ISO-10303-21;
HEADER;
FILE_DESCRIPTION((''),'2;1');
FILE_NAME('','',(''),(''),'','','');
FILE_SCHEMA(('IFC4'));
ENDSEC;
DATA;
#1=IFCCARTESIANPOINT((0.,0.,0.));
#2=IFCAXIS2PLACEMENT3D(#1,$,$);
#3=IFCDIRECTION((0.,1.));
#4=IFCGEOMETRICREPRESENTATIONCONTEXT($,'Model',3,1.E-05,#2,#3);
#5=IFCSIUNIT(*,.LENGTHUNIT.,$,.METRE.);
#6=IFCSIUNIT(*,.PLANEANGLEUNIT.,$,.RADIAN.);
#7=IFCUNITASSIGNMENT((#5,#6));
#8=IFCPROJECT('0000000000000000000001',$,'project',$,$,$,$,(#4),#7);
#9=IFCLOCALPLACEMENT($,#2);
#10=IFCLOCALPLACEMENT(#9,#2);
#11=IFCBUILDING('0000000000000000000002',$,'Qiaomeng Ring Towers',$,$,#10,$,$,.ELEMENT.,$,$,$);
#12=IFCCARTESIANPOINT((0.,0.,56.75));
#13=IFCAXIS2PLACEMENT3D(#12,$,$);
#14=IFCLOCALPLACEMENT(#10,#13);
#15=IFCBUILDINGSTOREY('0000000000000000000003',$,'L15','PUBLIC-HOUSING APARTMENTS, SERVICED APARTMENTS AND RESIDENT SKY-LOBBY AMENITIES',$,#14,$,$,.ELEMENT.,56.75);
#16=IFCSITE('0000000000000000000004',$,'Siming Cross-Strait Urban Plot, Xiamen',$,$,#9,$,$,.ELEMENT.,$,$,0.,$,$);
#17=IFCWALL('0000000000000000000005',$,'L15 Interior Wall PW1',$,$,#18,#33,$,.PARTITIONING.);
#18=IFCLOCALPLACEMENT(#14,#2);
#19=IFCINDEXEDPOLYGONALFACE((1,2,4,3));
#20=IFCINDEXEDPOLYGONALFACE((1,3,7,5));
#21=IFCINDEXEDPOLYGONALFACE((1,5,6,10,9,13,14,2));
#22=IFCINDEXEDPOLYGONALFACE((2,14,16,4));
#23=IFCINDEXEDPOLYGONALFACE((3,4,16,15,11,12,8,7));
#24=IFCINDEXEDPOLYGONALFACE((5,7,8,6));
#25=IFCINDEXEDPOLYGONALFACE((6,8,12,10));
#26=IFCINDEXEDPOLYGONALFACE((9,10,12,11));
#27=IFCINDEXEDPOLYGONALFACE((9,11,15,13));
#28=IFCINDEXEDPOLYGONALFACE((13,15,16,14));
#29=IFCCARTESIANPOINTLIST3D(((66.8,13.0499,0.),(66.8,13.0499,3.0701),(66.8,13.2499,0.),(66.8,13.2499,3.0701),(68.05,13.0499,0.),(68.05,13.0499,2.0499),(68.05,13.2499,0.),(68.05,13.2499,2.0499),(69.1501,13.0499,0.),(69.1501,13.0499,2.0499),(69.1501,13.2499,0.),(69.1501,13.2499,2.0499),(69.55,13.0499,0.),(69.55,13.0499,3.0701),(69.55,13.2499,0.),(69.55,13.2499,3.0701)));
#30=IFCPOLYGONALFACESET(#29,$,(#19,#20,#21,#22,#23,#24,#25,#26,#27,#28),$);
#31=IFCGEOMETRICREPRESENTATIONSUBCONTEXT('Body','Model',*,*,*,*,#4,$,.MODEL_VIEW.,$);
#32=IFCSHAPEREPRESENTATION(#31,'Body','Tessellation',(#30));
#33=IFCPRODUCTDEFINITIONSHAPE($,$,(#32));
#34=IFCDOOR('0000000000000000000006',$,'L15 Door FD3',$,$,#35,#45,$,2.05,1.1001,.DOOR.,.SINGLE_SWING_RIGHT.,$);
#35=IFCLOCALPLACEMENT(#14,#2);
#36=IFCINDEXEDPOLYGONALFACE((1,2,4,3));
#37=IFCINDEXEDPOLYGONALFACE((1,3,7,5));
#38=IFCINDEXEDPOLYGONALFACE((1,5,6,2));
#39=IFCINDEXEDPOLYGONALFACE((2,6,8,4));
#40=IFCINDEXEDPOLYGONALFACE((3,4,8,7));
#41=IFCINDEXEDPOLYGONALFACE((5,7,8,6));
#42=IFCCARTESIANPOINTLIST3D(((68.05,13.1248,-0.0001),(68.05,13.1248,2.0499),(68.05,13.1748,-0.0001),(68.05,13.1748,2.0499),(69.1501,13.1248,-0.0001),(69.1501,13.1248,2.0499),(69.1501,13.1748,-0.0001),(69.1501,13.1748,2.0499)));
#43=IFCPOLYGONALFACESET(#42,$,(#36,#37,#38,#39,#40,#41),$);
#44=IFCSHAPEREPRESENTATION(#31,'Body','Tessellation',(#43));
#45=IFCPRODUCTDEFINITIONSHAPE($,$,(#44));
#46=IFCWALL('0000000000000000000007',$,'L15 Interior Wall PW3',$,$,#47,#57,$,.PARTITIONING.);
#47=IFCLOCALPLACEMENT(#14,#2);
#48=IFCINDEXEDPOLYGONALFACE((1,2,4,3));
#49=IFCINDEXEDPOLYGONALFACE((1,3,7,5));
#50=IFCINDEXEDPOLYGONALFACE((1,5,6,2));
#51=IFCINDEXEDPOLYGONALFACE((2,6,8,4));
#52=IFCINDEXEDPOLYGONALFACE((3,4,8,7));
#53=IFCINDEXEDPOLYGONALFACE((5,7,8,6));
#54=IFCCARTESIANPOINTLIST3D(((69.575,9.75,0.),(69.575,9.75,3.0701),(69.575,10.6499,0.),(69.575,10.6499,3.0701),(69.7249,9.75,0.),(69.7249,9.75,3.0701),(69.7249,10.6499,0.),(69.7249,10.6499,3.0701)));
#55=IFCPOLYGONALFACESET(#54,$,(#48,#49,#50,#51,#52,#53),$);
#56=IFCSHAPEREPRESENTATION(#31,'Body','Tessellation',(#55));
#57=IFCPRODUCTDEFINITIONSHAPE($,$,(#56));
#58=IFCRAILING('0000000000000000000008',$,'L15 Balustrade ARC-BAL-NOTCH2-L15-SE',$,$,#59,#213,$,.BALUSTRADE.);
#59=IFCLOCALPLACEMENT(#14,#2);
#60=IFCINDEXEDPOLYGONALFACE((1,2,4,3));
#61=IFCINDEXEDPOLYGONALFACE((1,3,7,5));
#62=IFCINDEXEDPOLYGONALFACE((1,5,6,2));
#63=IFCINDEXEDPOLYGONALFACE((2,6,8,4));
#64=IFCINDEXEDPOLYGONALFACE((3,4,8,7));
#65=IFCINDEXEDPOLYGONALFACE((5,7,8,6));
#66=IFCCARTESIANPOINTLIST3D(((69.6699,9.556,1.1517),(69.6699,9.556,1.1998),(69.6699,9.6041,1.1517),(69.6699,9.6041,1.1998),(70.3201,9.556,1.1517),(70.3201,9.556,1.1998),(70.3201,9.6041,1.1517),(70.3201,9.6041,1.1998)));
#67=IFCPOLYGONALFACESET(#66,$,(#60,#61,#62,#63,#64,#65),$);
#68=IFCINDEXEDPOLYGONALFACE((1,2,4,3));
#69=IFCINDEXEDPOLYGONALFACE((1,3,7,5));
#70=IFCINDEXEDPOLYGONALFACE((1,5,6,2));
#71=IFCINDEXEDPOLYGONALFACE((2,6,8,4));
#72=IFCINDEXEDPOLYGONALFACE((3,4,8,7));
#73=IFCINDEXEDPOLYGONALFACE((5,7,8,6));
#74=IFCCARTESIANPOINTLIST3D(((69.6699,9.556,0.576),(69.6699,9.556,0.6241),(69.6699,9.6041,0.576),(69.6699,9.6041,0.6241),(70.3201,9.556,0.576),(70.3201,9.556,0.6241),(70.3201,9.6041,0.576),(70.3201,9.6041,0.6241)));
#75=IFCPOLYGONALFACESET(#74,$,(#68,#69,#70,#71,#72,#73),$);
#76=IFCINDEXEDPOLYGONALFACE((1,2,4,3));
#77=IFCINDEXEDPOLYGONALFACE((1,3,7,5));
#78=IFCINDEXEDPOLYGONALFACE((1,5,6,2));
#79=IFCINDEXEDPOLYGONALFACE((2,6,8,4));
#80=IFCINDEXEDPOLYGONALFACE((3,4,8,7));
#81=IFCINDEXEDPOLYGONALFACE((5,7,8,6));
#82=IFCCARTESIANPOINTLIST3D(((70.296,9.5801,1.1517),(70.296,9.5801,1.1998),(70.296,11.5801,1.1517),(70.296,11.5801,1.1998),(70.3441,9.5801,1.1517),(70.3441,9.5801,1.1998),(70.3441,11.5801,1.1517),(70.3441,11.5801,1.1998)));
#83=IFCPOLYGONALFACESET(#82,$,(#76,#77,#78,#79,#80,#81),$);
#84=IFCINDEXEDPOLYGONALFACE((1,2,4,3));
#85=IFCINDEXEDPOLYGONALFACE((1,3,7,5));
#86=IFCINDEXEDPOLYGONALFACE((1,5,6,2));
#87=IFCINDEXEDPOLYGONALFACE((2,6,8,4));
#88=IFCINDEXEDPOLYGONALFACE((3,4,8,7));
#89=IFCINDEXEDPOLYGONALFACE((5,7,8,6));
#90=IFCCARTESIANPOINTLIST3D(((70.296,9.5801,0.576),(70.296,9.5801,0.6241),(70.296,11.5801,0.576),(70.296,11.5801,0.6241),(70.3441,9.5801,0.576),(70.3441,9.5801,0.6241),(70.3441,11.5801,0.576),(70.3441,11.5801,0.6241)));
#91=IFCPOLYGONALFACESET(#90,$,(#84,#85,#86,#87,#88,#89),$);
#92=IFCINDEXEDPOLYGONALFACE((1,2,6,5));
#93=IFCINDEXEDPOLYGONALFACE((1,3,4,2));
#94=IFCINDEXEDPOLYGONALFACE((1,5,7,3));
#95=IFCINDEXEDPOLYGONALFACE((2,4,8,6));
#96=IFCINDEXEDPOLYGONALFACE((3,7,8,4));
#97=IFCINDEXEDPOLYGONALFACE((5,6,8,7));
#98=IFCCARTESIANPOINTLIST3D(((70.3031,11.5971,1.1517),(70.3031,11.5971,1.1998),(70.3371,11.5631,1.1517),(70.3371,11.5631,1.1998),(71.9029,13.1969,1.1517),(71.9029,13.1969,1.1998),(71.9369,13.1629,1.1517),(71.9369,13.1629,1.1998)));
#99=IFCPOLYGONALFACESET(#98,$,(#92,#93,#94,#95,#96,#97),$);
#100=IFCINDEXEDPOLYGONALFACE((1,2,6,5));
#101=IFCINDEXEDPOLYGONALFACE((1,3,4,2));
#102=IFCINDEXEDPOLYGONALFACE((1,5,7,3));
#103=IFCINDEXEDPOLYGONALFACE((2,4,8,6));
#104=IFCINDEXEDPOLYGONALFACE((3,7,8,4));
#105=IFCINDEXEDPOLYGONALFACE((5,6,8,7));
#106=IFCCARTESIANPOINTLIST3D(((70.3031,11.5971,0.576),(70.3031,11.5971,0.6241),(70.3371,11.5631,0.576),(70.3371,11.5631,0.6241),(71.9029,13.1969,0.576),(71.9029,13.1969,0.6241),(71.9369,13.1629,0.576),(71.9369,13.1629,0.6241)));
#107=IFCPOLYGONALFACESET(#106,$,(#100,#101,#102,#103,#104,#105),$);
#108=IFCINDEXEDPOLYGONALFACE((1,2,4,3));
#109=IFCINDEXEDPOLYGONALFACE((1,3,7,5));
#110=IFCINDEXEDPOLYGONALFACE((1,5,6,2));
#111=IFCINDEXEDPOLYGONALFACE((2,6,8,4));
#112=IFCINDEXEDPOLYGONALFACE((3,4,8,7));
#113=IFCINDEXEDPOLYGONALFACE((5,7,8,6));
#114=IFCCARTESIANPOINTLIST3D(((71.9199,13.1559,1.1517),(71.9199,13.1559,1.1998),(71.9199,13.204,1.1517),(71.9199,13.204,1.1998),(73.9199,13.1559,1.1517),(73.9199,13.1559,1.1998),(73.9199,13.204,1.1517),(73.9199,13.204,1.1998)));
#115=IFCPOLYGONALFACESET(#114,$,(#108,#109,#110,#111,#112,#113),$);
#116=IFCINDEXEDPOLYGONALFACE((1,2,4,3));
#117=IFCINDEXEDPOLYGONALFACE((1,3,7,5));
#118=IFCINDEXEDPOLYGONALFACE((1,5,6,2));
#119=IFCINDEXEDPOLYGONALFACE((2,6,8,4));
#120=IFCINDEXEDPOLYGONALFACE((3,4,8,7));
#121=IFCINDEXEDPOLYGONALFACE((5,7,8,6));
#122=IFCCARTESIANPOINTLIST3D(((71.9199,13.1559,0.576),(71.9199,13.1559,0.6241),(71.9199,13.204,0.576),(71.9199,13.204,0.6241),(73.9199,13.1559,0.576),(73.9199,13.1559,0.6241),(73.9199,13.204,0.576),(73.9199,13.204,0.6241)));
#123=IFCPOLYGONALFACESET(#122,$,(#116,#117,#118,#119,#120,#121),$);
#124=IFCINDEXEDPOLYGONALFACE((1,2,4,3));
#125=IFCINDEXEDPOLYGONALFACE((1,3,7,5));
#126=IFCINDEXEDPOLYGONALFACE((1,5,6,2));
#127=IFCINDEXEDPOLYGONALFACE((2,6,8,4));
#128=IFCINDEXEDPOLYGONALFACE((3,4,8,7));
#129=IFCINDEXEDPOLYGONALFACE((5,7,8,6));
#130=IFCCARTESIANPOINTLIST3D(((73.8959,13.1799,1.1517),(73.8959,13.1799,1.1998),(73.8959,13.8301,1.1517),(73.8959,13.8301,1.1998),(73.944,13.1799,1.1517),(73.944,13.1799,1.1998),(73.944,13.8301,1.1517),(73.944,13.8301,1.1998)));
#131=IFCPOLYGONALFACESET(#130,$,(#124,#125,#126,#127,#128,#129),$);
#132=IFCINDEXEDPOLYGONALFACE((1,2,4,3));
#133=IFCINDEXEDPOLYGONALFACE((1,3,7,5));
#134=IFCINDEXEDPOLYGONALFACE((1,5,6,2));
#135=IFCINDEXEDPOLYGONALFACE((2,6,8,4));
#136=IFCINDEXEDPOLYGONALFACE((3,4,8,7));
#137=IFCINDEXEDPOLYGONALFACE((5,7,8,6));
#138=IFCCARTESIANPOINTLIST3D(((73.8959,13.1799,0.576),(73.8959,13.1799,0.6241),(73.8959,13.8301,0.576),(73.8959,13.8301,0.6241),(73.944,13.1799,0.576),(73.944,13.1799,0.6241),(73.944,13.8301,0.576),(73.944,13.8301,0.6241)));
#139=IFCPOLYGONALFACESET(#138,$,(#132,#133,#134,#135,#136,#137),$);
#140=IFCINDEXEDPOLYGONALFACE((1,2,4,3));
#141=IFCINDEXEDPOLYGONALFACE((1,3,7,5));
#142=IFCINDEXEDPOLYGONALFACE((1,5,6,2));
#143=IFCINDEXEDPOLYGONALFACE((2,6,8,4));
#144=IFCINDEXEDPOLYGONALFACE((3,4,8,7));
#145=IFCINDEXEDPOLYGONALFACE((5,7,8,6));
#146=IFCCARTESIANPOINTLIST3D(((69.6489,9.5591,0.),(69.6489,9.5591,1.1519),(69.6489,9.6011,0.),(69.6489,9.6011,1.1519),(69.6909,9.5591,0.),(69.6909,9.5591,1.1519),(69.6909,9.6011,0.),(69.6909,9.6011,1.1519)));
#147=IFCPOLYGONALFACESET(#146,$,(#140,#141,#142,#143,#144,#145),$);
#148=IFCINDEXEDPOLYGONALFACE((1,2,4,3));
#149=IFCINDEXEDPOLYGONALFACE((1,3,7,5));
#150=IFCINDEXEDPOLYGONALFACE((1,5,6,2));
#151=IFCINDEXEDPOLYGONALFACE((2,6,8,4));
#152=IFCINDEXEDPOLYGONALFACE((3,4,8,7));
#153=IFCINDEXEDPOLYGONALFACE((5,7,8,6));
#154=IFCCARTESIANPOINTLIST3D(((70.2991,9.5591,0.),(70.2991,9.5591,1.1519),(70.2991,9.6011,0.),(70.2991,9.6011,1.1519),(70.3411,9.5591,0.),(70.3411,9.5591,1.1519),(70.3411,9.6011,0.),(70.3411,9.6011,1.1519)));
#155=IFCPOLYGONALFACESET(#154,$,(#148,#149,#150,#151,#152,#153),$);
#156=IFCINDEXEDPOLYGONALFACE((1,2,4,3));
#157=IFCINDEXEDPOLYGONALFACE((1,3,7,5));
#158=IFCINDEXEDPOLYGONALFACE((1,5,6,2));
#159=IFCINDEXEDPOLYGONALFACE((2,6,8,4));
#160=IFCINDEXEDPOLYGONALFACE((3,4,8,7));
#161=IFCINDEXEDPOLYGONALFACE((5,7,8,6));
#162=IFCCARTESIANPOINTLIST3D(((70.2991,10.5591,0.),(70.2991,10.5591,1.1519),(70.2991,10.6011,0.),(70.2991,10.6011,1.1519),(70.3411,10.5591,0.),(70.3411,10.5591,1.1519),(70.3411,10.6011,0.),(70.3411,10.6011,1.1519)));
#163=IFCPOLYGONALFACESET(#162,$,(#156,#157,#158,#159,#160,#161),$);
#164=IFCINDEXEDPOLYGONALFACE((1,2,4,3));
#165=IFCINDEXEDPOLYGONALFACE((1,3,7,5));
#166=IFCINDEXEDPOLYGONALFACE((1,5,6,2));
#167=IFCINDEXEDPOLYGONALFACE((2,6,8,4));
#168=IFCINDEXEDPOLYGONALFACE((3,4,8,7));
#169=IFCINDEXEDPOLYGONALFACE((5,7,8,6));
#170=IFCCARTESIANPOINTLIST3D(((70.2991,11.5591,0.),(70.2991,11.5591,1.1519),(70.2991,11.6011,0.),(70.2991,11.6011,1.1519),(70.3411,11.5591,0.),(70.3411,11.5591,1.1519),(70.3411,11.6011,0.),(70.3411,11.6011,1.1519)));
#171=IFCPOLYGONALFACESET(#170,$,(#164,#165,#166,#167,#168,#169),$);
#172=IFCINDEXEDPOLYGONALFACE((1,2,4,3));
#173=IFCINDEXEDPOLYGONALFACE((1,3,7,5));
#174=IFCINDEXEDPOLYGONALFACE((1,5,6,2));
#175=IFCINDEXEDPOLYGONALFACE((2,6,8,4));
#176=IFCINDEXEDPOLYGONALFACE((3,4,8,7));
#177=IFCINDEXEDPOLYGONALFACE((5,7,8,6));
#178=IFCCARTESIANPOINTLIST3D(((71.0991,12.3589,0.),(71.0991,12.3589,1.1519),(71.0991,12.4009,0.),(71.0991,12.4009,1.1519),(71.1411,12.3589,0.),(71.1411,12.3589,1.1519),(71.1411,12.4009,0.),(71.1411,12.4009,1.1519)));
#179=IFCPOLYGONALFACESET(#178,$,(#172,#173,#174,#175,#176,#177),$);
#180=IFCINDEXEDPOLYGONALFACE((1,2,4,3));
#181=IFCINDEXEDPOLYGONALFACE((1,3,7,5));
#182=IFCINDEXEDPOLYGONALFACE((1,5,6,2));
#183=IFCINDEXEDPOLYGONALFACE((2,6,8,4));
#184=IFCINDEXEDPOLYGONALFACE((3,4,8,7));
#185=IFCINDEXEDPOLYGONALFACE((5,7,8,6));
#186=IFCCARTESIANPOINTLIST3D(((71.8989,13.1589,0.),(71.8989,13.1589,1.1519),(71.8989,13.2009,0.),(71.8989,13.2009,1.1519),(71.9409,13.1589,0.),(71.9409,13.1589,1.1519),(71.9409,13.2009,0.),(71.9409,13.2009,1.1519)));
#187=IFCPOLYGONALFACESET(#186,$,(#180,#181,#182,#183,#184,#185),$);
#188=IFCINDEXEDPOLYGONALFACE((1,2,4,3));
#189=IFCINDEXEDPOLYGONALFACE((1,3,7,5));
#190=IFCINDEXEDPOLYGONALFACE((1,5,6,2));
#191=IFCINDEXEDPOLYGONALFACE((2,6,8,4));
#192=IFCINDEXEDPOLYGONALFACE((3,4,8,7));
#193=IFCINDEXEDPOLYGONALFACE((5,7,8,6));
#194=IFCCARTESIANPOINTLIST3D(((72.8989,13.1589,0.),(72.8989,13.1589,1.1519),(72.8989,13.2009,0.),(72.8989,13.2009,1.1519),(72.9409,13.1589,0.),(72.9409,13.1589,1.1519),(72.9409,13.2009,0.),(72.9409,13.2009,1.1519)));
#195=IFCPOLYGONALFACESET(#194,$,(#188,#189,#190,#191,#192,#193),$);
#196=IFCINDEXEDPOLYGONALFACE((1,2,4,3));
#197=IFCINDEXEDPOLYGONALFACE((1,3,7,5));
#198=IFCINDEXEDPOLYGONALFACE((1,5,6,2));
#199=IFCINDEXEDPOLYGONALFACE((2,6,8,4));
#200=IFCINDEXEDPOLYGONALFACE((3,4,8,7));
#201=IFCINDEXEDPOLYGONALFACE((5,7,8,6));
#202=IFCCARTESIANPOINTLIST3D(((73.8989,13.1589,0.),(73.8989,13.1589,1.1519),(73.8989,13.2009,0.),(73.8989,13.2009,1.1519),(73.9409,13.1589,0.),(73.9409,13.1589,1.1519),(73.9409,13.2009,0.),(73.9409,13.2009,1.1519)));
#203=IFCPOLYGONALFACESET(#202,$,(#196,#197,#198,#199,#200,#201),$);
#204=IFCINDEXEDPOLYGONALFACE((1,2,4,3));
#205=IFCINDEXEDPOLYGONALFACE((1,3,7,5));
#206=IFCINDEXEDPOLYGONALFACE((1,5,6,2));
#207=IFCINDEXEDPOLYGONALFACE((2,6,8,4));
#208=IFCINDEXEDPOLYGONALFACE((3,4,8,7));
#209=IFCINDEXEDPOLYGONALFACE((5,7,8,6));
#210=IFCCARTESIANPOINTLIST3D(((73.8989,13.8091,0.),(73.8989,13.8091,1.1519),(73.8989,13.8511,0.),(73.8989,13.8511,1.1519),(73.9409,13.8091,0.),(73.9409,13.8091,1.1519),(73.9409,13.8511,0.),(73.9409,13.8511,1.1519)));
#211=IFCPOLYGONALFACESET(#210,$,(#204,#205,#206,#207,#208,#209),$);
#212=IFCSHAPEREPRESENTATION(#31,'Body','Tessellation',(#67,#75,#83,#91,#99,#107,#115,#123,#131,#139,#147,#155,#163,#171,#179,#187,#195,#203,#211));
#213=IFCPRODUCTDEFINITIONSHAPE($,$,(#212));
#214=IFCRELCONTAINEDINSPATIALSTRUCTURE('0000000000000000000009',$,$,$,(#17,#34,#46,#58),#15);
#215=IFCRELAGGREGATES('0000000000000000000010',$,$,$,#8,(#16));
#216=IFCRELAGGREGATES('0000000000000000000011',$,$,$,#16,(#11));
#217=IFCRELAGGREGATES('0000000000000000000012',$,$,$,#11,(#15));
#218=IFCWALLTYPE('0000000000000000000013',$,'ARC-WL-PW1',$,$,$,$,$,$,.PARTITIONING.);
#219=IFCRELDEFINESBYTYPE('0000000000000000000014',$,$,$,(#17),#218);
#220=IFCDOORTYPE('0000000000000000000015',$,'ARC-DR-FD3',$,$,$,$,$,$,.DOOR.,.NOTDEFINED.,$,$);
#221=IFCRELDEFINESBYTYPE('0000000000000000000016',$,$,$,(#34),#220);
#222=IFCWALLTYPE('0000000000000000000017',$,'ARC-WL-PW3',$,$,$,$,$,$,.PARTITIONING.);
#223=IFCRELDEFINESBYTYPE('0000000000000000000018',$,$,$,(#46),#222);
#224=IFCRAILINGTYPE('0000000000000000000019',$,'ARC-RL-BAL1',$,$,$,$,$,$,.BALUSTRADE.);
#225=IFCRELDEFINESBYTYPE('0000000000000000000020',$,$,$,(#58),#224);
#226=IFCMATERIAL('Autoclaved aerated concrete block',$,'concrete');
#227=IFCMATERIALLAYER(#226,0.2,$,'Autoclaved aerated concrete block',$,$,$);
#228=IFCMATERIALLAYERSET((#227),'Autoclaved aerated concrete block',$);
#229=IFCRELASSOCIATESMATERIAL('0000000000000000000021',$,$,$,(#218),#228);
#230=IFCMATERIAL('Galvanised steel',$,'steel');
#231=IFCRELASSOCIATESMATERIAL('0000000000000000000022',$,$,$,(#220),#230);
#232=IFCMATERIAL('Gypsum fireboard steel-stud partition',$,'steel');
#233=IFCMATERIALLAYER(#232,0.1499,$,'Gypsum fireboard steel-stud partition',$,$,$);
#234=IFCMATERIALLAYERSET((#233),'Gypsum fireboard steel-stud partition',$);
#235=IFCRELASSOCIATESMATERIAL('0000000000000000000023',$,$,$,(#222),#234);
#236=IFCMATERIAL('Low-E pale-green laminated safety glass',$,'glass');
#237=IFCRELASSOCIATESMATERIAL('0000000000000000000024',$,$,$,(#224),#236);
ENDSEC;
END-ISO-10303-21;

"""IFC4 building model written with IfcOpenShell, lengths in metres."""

from ifc_helpers import new_model, si_unit, direction, frame, frame_2d, origin, origin_2d, place, context, subcontext, project, spatial, rectangle, extrude, source, transform, mapped, material, layer, layer_set, type_object, element, fill, save


model = new_model("IFC4")

# Units and contexts
model_context = context("Model", 3, precision=1e-05, world=origin(), true_north=direction((0.0, 1.0)))
body_context = subcontext(model_context, "Body", "Model", "MODEL_VIEW")
ifc_project = project(units=[si_unit("LENGTHUNIT", "METRE"), si_unit("PLANEANGLEUNIT", "RADIAN")], contexts=[model_context])

# Site, building, storey
site_placement = place(None, origin())
site = spatial("IfcSite", under=ifc_project, at=site_placement, Name="Siming Cross-Strait Urban Plot, Xiamen", CompositionType="ELEMENT", RefElevation=0.0)
building_placement = place(site_placement, origin())
building = spatial("IfcBuilding", under=site, at=building_placement, Name="Qiaomeng Ring Towers", CompositionType="ELEMENT")
storey_placement = place(building_placement, frame((0.0, 0.0, 56.75)))
storey = spatial("IfcBuildingStorey", under=building, at=storey_placement, Name="L15", Description="PUBLIC-HOUSING APARTMENTS, SERVICED APARTMENTS AND RESIDENT SKY-LOBBY AMENITIES", CompositionType="ELEMENT", Elevation=56.75)

# Shared definitions
ifc_material_1 = material(Name="Autoclaved aerated concrete block", Category="concrete")
ifc_layer_1 = layer(ifc_material_1, 0.2, Name="Autoclaved aerated concrete block")
ifc_layer_set_1 = layer_set([ifc_layer_1], Name="Autoclaved aerated concrete block")
wall_type_1 = type_object("IfcWallType", Name="ARC-WL-PW1", PredefinedType="PARTITIONING", material=ifc_layer_set_1)

# Wall, opening, door
wall_1_placement = place(storey_placement, frame((66.8, 13.1499, 0.0), z_axis=(0.0, 0.0, 1.0), x_axis=(1.0, 0.0, 0.0)))
wall_1 = element("IfcWall", 1, at=wall_1_placement, inside=storey, type_object=wall_type_1, Name="L15 Interior Wall PW1", PredefinedType="PARTITIONING", context=body_context, shape_type="SweptSolid", body=[
    extrude(rectangle(XDim=2.75, YDim=0.2, at=frame_2d((1.375, 0.0))), origin(), (0.0, 0.0, 1.0), 3.0701),
])
opening_1_placement = place(wall_1_placement, frame((1.25, 0.0, 0.0)))
opening_1 = element("IfcOpeningElement", 2, at=opening_1_placement, cuts=wall_1, PredefinedType="OPENING", context=body_context, shape_type="SweptSolid", body=[
    extrude(rectangle(XDim=1.1001, YDim=2.05, at=frame_2d((0.55, 1.0249))), frame((0.0, 0.1099, 0.0), z_axis=(0.0, -1.0, 0.0), x_axis=(1.0, 0.0, 0.0)), (0.0, 0.0, 1.0), 0.22),
])
ifc_material_2 = material(Name="Galvanised steel", Category="steel")
door_type_1 = type_object("IfcDoorType", Name="ARC-DR-FD3", OperationType="NOTDEFINED", PredefinedType="DOOR", material=ifc_material_2)
shared_shape_1 = source(origin(), body_context, "Body", "SweptSolid", [
    extrude(rectangle(XDim=1.1001, YDim=2.05, at=frame_2d((0.55, 1.0249))), frame((0.0, 0.0249, 0.0), z_axis=(0.0, -1.0, 0.0), x_axis=(1.0, 0.0, 0.0)), (0.0, 0.0, 1.0), 0.05),
])
door_1_placement = place(opening_1_placement, origin())
door_1 = element("IfcDoor", 3, at=door_1_placement, inside=storey, type_object=door_type_1, Name="L15 Door FD3", OperationType="SINGLE_SWING_RIGHT", OverallHeight=2.05, OverallWidth=1.1001, PredefinedType="DOOR", context=body_context, shape_type="MappedRepresentation", body=[
    mapped(shared_shape_1, transform((0.0, 0.0, 0.0), x_axis=(1.0, 0.0, 0.0), y_axis=(0.0, 1.0, 0.0), z_axis=(0.0, 0.0, 1.0), scale=1.0)),
])
fill(opening_1, door_1)

# Wall
ifc_material_3 = material(Name="Gypsum fireboard steel-stud partition", Category="steel")
ifc_layer_2 = layer(ifc_material_3, 0.1499, Name="Gypsum fireboard steel-stud partition")
ifc_layer_set_2 = layer_set([ifc_layer_2], Name="Gypsum fireboard steel-stud partition")
wall_type_2 = type_object("IfcWallType", Name="ARC-WL-PW3", PredefinedType="PARTITIONING", material=ifc_layer_set_2)
wall_2_placement = place(storey_placement, frame((69.6499, 9.75, 0.0), z_axis=(0.0, 0.0, 1.0), x_axis=(0.0, 1.0, 0.0)))
element("IfcWall", 4, at=wall_2_placement, inside=storey, type_object=wall_type_2, Name="L15 Interior Wall PW3", PredefinedType="PARTITIONING", context=body_context, shape_type="SweptSolid", body=[
    extrude(rectangle(XDim=0.8999, YDim=0.1499, at=frame_2d((0.45, 0.0))), origin(), (0.0, 0.0, 1.0), 3.0701),
])

# Railing
ifc_material_4 = material(Name="Low-E pale-green laminated safety glass", Category="glass")
railing_type = type_object("IfcRailingType", Name="ARC-RL-BAL1", PredefinedType="BALUSTRADE", material=ifc_material_4)
railing_placement = place(storey_placement, frame((69.6699, 9.5801, 0.0)))
element("IfcRailing", 5, at=railing_placement, inside=storey, type_object=railing_type, Name="L15 Balustrade ARC-BAL-NOTCH2-L15-SE", PredefinedType="BALUSTRADE", context=body_context, shape_type="SweptSolid", body=[
    extrude(rectangle(XDim=0.0481, YDim=0.0481, at=origin_2d()), frame((0.0, 0.0, 1.1758), z_axis=(1.0, 0.0, 0.0), x_axis=(0.0, 1.0, 0.0)), (0.0, 0.0, 1.0), 0.6501),
    extrude(rectangle(XDim=0.0481, YDim=0.0481, at=origin_2d()), frame((0.0, 0.0, 0.6001), z_axis=(1.0, 0.0, 0.0), x_axis=(0.0, 1.0, 0.0)), (0.0, 0.0, 1.0), 0.6501),
    extrude(rectangle(XDim=0.0481, YDim=0.0481, at=origin_2d()), frame((0.6501, 0.0, 1.1758), z_axis=(0.0, 1.0, 0.0), x_axis=(-1.0, 0.0, 0.0)), (0.0, 0.0, 1.0), 2.0),
    extrude(rectangle(XDim=0.0481, YDim=0.0481, at=origin_2d()), frame((0.6501, 0.0, 0.6001), z_axis=(0.0, 1.0, 0.0), x_axis=(-1.0, 0.0, 0.0)), (0.0, 0.0, 1.0), 2.0),
    extrude(rectangle(XDim=0.0481, YDim=0.0481, at=origin_2d()), frame((0.6501, 2.0, 1.1758), z_axis=(0.707107, 0.707107, 0.0), x_axis=(-0.707107, 0.707107, 0.0)), (0.0, 0.0, 1.0), 2.2625),
    extrude(rectangle(XDim=0.0481, YDim=0.0481, at=origin_2d()), frame((0.6501, 2.0, 0.6001), z_axis=(0.707107, 0.707107, 0.0), x_axis=(-0.707107, 0.707107, 0.0)), (0.0, 0.0, 1.0), 2.2625),
    extrude(rectangle(XDim=0.0481, YDim=0.0481, at=origin_2d()), frame((2.25, 3.5999, 1.1758), z_axis=(1.0, 0.0, 0.0), x_axis=(0.0, 1.0, 0.0)), (0.0, 0.0, 1.0), 2.0),
    extrude(rectangle(XDim=0.0481, YDim=0.0481, at=origin_2d()), frame((2.25, 3.5999, 0.6001), z_axis=(1.0, 0.0, 0.0), x_axis=(0.0, 1.0, 0.0)), (0.0, 0.0, 1.0), 2.0),
    extrude(rectangle(XDim=0.0481, YDim=0.0481, at=origin_2d()), frame((4.25, 3.5999, 1.1758), z_axis=(0.0, 1.0, 0.0), x_axis=(-1.0, 0.0, 0.0)), (0.0, 0.0, 1.0), 0.6501),
    extrude(rectangle(XDim=0.0481, YDim=0.0481, at=origin_2d()), frame((4.25, 3.5999, 0.6001), z_axis=(0.0, 1.0, 0.0), x_axis=(-1.0, 0.0, 0.0)), (0.0, 0.0, 1.0), 0.6501),
    extrude(rectangle(XDim=0.042, YDim=0.042, at=origin_2d()), origin(), (0.0, 0.0, 1.0), 1.1519),
    extrude(rectangle(XDim=0.042, YDim=0.042, at=origin_2d()), frame((0.6501, 0.0, 0.0)), (0.0, 0.0, 1.0), 1.1519),
    extrude(rectangle(XDim=0.042, YDim=0.042, at=origin_2d()), frame((0.6501, 1.0, 0.0)), (0.0, 0.0, 1.0), 1.1519),
    extrude(rectangle(XDim=0.042, YDim=0.042, at=origin_2d()), frame((0.6501, 2.0, 0.0)), (0.0, 0.0, 1.0), 1.1519),
    extrude(rectangle(XDim=0.042, YDim=0.042, at=origin_2d()), frame((1.4502, 2.7998, 0.0)), (0.0, 0.0, 1.0), 1.1519),
    extrude(rectangle(XDim=0.042, YDim=0.042, at=origin_2d()), frame((2.25, 3.5999, 0.0)), (0.0, 0.0, 1.0), 1.1519),
    extrude(rectangle(XDim=0.042, YDim=0.042, at=origin_2d()), frame((3.25, 3.5999, 0.0)), (0.0, 0.0, 1.0), 1.1519),
    extrude(rectangle(XDim=0.042, YDim=0.042, at=origin_2d()), frame((4.25, 3.5999, 0.0)), (0.0, 0.0, 1.0), 1.1519),
    extrude(rectangle(XDim=0.042, YDim=0.042, at=origin_2d()), frame((4.25, 4.25, 0.0)), (0.0, 0.0, 1.0), 1.1519),
])

save(model, "model.ifc")
